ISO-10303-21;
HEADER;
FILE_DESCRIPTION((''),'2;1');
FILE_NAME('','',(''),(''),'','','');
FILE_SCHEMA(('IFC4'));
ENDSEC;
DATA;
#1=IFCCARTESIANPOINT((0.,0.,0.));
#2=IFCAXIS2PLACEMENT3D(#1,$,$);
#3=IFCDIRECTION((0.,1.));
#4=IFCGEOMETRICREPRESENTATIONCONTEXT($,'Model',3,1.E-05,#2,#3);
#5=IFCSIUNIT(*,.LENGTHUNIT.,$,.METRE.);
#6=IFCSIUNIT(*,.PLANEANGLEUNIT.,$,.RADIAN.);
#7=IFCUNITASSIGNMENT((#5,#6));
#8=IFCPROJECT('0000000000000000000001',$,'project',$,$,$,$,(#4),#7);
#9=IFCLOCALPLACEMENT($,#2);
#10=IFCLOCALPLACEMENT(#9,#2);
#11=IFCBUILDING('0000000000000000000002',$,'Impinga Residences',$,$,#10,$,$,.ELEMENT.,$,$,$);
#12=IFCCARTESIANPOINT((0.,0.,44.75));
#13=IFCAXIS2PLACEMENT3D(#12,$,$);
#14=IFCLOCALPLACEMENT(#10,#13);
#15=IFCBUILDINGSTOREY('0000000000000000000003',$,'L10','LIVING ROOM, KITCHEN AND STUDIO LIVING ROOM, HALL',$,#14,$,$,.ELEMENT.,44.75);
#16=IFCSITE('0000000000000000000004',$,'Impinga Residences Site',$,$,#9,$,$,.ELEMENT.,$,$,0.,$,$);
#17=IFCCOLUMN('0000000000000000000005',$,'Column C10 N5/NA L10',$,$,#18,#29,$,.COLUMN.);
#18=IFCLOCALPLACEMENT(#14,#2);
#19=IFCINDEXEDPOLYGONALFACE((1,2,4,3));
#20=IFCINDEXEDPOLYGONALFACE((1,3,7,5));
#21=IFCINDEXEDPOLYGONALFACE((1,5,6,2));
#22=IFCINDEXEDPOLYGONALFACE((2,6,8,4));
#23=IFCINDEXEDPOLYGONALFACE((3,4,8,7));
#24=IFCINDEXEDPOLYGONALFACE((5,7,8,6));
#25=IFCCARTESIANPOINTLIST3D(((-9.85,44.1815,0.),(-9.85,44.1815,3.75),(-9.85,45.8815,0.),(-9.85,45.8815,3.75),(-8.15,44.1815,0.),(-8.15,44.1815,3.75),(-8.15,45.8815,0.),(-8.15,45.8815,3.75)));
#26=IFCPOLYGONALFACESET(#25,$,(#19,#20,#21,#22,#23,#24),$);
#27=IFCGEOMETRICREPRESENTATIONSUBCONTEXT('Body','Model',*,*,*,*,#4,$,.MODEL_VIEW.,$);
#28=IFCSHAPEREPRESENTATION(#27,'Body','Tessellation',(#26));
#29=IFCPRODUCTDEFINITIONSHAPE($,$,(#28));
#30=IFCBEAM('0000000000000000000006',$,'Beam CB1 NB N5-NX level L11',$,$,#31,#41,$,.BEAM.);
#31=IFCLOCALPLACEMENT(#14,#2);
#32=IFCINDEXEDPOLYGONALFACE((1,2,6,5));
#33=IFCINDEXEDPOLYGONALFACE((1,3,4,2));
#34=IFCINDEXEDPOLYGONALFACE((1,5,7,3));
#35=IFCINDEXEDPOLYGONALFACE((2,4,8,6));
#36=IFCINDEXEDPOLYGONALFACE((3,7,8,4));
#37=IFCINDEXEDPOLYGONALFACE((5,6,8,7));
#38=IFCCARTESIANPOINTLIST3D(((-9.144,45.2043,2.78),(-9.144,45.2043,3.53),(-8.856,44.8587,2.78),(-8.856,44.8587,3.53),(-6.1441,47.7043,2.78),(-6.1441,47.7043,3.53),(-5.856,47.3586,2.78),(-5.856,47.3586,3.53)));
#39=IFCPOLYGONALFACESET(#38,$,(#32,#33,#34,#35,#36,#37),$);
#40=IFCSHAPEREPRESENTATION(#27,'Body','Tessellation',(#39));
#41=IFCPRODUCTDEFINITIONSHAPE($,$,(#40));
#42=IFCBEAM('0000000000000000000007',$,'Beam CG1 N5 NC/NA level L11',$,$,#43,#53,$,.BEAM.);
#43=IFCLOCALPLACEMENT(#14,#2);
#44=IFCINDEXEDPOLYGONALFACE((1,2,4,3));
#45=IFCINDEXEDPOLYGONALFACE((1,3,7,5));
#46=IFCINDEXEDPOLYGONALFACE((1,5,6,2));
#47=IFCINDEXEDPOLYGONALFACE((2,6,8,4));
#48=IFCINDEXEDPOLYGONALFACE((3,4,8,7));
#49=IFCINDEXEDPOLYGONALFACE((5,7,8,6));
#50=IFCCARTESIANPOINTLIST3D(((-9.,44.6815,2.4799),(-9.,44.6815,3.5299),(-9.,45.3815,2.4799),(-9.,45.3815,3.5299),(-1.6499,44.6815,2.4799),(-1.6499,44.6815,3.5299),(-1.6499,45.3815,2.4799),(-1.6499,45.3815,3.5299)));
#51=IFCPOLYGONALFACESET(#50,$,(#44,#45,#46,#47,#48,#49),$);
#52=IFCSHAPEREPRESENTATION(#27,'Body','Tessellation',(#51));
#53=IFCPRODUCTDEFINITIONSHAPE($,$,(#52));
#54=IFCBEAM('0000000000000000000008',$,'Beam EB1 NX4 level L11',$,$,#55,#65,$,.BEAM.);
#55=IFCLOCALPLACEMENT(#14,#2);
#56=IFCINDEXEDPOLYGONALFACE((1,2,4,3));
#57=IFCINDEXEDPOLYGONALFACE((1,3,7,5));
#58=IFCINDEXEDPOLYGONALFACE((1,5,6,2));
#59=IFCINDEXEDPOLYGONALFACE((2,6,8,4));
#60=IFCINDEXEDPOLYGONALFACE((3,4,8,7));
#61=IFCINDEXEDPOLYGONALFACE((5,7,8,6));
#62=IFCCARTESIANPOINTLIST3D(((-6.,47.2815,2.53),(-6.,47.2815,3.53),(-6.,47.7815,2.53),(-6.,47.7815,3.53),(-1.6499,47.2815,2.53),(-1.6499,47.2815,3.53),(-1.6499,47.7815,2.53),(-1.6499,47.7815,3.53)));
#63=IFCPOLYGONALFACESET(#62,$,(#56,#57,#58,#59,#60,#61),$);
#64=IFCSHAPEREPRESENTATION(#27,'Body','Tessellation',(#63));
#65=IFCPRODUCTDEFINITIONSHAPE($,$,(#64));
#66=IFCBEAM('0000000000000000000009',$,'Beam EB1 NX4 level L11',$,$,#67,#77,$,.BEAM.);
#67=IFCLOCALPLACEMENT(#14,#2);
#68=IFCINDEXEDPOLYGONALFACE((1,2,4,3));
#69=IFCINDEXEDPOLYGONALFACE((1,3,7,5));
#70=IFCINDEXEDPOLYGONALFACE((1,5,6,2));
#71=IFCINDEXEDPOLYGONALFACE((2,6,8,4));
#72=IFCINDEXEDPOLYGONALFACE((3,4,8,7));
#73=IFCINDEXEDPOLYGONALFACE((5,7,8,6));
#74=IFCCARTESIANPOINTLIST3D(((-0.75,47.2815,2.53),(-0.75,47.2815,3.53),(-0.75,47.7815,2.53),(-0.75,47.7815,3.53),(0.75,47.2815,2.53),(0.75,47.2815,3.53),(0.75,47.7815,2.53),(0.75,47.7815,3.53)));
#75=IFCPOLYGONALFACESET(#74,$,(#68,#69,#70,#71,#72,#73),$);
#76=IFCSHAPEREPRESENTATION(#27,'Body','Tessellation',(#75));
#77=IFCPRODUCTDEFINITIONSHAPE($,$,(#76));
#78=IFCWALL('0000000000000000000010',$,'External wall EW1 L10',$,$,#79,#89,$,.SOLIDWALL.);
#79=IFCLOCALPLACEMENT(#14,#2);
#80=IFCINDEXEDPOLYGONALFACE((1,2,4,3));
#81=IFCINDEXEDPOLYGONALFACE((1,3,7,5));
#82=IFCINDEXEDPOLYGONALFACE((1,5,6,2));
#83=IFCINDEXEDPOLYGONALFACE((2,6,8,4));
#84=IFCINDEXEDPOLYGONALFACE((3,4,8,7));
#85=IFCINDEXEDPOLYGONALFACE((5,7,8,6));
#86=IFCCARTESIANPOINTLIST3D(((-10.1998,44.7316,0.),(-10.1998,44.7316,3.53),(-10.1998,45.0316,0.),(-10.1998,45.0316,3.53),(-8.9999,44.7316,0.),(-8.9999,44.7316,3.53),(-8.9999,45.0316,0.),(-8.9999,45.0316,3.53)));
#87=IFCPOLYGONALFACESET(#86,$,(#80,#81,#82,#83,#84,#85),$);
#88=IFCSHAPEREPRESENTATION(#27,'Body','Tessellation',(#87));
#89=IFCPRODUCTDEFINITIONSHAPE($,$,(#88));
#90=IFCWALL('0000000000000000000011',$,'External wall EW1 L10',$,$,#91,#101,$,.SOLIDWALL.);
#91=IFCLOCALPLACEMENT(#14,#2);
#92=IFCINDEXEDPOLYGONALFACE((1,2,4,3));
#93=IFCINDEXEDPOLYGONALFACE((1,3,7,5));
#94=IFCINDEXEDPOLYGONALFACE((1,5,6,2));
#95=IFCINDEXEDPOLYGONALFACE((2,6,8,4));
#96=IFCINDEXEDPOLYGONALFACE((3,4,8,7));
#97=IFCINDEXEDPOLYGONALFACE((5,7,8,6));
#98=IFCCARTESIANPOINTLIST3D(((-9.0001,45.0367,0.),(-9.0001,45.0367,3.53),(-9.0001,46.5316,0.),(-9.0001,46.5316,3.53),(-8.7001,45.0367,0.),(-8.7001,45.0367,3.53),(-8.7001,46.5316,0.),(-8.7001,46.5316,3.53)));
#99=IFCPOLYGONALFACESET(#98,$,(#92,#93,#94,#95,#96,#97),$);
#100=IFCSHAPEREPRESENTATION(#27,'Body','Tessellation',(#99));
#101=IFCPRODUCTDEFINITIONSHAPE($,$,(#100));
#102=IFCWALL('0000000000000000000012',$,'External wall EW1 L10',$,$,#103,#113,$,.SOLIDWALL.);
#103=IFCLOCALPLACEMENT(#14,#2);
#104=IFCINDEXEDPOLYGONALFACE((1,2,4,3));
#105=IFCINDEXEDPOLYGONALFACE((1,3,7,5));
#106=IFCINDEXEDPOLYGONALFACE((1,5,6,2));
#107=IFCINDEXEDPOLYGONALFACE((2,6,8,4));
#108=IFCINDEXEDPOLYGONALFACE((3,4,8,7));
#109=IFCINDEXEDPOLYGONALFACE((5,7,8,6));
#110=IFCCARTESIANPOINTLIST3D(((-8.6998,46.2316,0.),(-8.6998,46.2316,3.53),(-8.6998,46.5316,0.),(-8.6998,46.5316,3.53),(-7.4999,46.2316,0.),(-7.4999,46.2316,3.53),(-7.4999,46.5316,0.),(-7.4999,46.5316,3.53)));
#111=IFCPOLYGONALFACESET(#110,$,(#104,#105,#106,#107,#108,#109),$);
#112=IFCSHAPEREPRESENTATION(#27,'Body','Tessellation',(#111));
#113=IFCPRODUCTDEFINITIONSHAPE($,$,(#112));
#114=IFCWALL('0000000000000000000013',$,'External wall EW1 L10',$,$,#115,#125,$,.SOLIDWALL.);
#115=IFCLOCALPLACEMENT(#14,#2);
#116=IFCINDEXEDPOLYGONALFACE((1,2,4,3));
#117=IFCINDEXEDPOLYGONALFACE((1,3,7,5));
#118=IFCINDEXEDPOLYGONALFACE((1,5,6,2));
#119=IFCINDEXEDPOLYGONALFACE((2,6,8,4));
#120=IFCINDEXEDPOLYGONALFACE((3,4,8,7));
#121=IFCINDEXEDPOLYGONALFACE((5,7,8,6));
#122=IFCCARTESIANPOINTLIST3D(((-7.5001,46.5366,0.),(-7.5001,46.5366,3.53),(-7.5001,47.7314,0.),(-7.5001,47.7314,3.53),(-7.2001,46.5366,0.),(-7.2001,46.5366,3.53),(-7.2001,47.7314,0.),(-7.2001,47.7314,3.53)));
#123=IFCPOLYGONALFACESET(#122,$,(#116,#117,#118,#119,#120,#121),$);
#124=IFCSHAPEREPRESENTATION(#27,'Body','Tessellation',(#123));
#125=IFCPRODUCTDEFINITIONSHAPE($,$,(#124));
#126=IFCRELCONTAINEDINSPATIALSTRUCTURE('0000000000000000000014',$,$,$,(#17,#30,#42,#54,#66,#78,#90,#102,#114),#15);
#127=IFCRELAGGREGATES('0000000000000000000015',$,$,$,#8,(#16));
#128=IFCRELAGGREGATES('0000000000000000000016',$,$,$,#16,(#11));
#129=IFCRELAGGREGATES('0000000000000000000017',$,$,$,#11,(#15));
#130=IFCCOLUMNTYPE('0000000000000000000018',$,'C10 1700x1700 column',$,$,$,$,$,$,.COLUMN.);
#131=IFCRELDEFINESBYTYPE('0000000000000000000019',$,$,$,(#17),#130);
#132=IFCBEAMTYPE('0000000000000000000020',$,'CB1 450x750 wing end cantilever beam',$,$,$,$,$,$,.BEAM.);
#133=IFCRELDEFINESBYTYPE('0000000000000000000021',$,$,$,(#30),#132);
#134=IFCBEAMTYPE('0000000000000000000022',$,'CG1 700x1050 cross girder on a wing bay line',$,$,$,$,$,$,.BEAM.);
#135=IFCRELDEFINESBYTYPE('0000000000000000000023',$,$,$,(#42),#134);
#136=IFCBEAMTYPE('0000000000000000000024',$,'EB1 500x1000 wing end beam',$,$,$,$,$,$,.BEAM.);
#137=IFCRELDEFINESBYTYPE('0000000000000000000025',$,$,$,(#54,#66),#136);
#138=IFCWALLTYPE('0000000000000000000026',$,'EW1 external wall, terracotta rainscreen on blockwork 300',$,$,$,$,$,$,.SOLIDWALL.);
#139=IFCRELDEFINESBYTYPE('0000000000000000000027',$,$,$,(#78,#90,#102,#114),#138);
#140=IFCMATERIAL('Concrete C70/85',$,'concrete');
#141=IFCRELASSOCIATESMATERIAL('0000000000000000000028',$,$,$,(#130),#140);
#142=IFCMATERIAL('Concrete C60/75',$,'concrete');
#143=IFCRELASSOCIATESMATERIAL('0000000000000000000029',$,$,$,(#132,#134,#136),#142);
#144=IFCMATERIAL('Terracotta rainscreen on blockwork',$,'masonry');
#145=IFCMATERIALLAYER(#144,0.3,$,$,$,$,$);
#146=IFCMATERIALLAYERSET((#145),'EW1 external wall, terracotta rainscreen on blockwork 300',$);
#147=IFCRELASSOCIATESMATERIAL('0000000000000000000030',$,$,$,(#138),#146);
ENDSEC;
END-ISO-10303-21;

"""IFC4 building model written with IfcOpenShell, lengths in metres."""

from ifc_helpers import new_model, si_unit, direction, frame, frame_2d, origin, origin_2d, place, context, subcontext, project, spatial, rectangle, extrude, material, layer, layer_set, material_profile, profile_set, type_object, element, save


model = new_model("IFC4")

# Units and contexts
model_context = context("Model", 3, precision=1e-05, world=origin(), true_north=direction((0.0, 1.0)))
body_context = subcontext(model_context, "Body", "Model", "MODEL_VIEW")
ifc_project = project(units=[si_unit("LENGTHUNIT", "METRE"), si_unit("PLANEANGLEUNIT", "RADIAN")], contexts=[model_context])

# Site, building, storey
site_placement = place(None, origin())
site = spatial("IfcSite", under=ifc_project, at=site_placement, Name="Impinga Residences Site", CompositionType="ELEMENT", RefElevation=0.0)
building_placement = place(site_placement, origin())
building = spatial("IfcBuilding", under=site, at=building_placement, Name="Impinga Residences", CompositionType="ELEMENT")
storey_placement = place(building_placement, frame((0.0, 0.0, 44.75)))
storey = spatial("IfcBuildingStorey", under=building, at=storey_placement, Name="L10", Description="LIVING ROOM, KITCHEN AND STUDIO LIVING ROOM, HALL", CompositionType="ELEMENT", Elevation=44.75)

# Column
ifc_material_1 = material(Name="Concrete C70/85", Category="concrete")
ifc_material_profile_1 = material_profile(ifc_material_1, rectangle(XDim=1.7, YDim=1.7, at=origin_2d()), Name="RC 1700x1700")
ifc_profile_set_1 = profile_set([ifc_material_profile_1], Name="Concrete C70/85")
column_type = type_object("IfcColumnType", Name="C10 1700x1700 column", PredefinedType="COLUMN", material=ifc_profile_set_1)
column_placement = place(storey_placement, frame((-9.0, 45.0315, 0.0), z_axis=(0.0, 0.0, 1.0), x_axis=(1.0, 0.0, 0.0)))
element("IfcColumn", 1, at=column_placement, inside=storey, type_object=column_type, Name="Column C10 N5/NA L10", PredefinedType="COLUMN", context=body_context, shape_type="SweptSolid", body=[
    extrude(rectangle(XDim=1.7, YDim=1.7, at=origin_2d()), origin(), (0.0, 0.0, 1.0), 3.75),
])

# Beams
ifc_material_2 = material(Name="Concrete C60/75", Category="concrete")
ifc_material_profile_2 = material_profile(ifc_material_2, rectangle(XDim=0.45, YDim=0.75, at=origin_2d()), Name="RC 450x750")
ifc_profile_set_2 = profile_set([ifc_material_profile_2], Name="Concrete C60/75")
beam_type_1 = type_object("IfcBeamType", Name="CB1 450x750 wing end cantilever beam", PredefinedType="BEAM", material=ifc_profile_set_2)
beam_1_placement = place(storey_placement, frame((-9.0, 45.0315, 3.155), z_axis=(0.768221, 0.640184, 0.0), x_axis=(-0.640184, 0.768221, 0.0)))
element("IfcBeam", 2, at=beam_1_placement, inside=storey, type_object=beam_type_1, Name="Beam CB1 NB N5-NX level L11", PredefinedType="BEAM", context=body_context, shape_type="SweptSolid", body=[
    extrude(rectangle(XDim=0.45, YDim=0.75, at=origin_2d()), origin(), (0.0, 0.0, 1.0), 3.905),
])
ifc_material_profile_3 = material_profile(ifc_material_2, rectangle(XDim=0.7, YDim=1.05, at=origin_2d()), Name="RC 700x1050")
ifc_profile_set_3 = profile_set([ifc_material_profile_3], Name="Concrete C60/75")
beam_type_2 = type_object("IfcBeamType", Name="CG1 700x1050 cross girder on a wing bay line", PredefinedType="BEAM", material=ifc_profile_set_3)
beam_2_placement = place(storey_placement, frame((-1.6499, 45.0315, 3.0049), z_axis=(-1.0, 0.0, 0.0), x_axis=(0.0, -1.0, 0.0)))
element("IfcBeam", 3, at=beam_2_placement, inside=storey, type_object=beam_type_2, Name="Beam CG1 N5 NC/NA level L11", PredefinedType="BEAM", context=body_context, shape_type="SweptSolid", body=[
    extrude(rectangle(XDim=0.7, YDim=1.05, at=origin_2d()), origin(), (0.0, 0.0, 1.0), 7.3501),
])
ifc_material_profile_4 = material_profile(ifc_material_2, rectangle(XDim=0.5, YDim=1.0, at=origin_2d()), Name="RC 500x1000")
ifc_profile_set_4 = profile_set([ifc_material_profile_4], Name="Concrete C60/75")
beam_type_3 = type_object("IfcBeamType", Name="EB1 500x1000 wing end beam", PredefinedType="BEAM", material=ifc_profile_set_4)
beam_3_placement = place(storey_placement, frame((-6.0, 47.5315, 3.03), z_axis=(1.0, 0.0, 0.0), x_axis=(0.0, 1.0, 0.0)))
element("IfcBeam", 4, at=beam_3_placement, inside=storey, type_object=beam_type_3, Name="Beam EB1 NX4 level L11", PredefinedType="BEAM", context=body_context, shape_type="SweptSolid", body=[
    extrude(rectangle(XDim=0.5, YDim=1.0, at=origin_2d()), origin(), (0.0, 0.0, 1.0), 4.3501),
])
beam_4_placement = place(storey_placement, frame((-0.75, 47.5315, 3.03), z_axis=(1.0, 0.0, 0.0), x_axis=(0.0, 1.0, 0.0)))
element("IfcBeam", 5, at=beam_4_placement, inside=storey, type_object=beam_type_3, Name="Beam EB1 NX4 level L11", PredefinedType="BEAM", context=body_context, shape_type="SweptSolid", body=[
    extrude(rectangle(XDim=0.5, YDim=1.0, at=origin_2d()), origin(), (0.0, 0.0, 1.0), 1.5),
])

# Walls
ifc_material_3 = material(Name="Terracotta rainscreen on blockwork", Category="masonry")
ifc_layer_1 = layer(ifc_material_3, 0.3)
ifc_layer_set_1 = layer_set([ifc_layer_1], Name="EW1 external wall, terracotta rainscreen on blockwork 300")
wall_type_1 = type_object("IfcWallType", Name="EW1 external wall, terracotta rainscreen on blockwork 300", PredefinedType="SOLIDWALL", material=ifc_layer_set_1)
wall_1_placement = place(storey_placement, frame((-10.2, 44.8816, 0.0), z_axis=(0.0, 0.0, 1.0), x_axis=(1.0, 0.0, 0.0)))
element("IfcWall", 6, at=wall_1_placement, inside=storey, type_object=wall_type_1, Name="External wall EW1 L10", PredefinedType="SOLIDWALL", context=body_context, shape_type="SweptSolid", body=[
    extrude(rectangle(XDim=1.2, YDim=0.3, at=frame_2d((0.6001, 0.0))), origin(), (0.0, 0.0, 1.0), 3.53),
])
wall_2_placement = place(storey_placement, frame((-8.8501, 45.0366, 0.0), z_axis=(0.0, 0.0, 1.0), x_axis=(0.0, 1.0, 0.0)))
element("IfcWall", 7, at=wall_2_placement, inside=storey, type_object=wall_type_1, Name="External wall EW1 L10", PredefinedType="SOLIDWALL", context=body_context, shape_type="SweptSolid", body=[
    extrude(rectangle(XDim=1.4949, YDim=0.3, at=frame_2d((0.7476, 0.0))), origin(), (0.0, 0.0, 1.0), 3.53),
])
wall_3_placement = place(storey_placement, frame((-8.7, 46.3816, 0.0), z_axis=(0.0, 0.0, 1.0), x_axis=(1.0, 0.0, 0.0)))
element("IfcWall", 8, at=wall_3_placement, inside=storey, type_object=wall_type_1, Name="External wall EW1 L10", PredefinedType="SOLIDWALL", context=body_context, shape_type="SweptSolid", body=[
    extrude(rectangle(XDim=1.2, YDim=0.3, at=frame_2d((0.6001, 0.0))), origin(), (0.0, 0.0, 1.0), 3.53),
])
wall_4_placement = place(storey_placement, frame((-7.3501, 46.5366, 0.0), z_axis=(0.0, 0.0, 1.0), x_axis=(0.0, 1.0, 0.0)))
element("IfcWall", 9, at=wall_4_placement, inside=storey, type_object=wall_type_1, Name="External wall EW1 L10", PredefinedType="SOLIDWALL", context=body_context, shape_type="SweptSolid", body=[
    extrude(rectangle(XDim=1.1948, YDim=0.3, at=frame_2d((0.5974, 0.0))), origin(), (0.0, 0.0, 1.0), 3.53),
])

save(model, "model.ifc")
